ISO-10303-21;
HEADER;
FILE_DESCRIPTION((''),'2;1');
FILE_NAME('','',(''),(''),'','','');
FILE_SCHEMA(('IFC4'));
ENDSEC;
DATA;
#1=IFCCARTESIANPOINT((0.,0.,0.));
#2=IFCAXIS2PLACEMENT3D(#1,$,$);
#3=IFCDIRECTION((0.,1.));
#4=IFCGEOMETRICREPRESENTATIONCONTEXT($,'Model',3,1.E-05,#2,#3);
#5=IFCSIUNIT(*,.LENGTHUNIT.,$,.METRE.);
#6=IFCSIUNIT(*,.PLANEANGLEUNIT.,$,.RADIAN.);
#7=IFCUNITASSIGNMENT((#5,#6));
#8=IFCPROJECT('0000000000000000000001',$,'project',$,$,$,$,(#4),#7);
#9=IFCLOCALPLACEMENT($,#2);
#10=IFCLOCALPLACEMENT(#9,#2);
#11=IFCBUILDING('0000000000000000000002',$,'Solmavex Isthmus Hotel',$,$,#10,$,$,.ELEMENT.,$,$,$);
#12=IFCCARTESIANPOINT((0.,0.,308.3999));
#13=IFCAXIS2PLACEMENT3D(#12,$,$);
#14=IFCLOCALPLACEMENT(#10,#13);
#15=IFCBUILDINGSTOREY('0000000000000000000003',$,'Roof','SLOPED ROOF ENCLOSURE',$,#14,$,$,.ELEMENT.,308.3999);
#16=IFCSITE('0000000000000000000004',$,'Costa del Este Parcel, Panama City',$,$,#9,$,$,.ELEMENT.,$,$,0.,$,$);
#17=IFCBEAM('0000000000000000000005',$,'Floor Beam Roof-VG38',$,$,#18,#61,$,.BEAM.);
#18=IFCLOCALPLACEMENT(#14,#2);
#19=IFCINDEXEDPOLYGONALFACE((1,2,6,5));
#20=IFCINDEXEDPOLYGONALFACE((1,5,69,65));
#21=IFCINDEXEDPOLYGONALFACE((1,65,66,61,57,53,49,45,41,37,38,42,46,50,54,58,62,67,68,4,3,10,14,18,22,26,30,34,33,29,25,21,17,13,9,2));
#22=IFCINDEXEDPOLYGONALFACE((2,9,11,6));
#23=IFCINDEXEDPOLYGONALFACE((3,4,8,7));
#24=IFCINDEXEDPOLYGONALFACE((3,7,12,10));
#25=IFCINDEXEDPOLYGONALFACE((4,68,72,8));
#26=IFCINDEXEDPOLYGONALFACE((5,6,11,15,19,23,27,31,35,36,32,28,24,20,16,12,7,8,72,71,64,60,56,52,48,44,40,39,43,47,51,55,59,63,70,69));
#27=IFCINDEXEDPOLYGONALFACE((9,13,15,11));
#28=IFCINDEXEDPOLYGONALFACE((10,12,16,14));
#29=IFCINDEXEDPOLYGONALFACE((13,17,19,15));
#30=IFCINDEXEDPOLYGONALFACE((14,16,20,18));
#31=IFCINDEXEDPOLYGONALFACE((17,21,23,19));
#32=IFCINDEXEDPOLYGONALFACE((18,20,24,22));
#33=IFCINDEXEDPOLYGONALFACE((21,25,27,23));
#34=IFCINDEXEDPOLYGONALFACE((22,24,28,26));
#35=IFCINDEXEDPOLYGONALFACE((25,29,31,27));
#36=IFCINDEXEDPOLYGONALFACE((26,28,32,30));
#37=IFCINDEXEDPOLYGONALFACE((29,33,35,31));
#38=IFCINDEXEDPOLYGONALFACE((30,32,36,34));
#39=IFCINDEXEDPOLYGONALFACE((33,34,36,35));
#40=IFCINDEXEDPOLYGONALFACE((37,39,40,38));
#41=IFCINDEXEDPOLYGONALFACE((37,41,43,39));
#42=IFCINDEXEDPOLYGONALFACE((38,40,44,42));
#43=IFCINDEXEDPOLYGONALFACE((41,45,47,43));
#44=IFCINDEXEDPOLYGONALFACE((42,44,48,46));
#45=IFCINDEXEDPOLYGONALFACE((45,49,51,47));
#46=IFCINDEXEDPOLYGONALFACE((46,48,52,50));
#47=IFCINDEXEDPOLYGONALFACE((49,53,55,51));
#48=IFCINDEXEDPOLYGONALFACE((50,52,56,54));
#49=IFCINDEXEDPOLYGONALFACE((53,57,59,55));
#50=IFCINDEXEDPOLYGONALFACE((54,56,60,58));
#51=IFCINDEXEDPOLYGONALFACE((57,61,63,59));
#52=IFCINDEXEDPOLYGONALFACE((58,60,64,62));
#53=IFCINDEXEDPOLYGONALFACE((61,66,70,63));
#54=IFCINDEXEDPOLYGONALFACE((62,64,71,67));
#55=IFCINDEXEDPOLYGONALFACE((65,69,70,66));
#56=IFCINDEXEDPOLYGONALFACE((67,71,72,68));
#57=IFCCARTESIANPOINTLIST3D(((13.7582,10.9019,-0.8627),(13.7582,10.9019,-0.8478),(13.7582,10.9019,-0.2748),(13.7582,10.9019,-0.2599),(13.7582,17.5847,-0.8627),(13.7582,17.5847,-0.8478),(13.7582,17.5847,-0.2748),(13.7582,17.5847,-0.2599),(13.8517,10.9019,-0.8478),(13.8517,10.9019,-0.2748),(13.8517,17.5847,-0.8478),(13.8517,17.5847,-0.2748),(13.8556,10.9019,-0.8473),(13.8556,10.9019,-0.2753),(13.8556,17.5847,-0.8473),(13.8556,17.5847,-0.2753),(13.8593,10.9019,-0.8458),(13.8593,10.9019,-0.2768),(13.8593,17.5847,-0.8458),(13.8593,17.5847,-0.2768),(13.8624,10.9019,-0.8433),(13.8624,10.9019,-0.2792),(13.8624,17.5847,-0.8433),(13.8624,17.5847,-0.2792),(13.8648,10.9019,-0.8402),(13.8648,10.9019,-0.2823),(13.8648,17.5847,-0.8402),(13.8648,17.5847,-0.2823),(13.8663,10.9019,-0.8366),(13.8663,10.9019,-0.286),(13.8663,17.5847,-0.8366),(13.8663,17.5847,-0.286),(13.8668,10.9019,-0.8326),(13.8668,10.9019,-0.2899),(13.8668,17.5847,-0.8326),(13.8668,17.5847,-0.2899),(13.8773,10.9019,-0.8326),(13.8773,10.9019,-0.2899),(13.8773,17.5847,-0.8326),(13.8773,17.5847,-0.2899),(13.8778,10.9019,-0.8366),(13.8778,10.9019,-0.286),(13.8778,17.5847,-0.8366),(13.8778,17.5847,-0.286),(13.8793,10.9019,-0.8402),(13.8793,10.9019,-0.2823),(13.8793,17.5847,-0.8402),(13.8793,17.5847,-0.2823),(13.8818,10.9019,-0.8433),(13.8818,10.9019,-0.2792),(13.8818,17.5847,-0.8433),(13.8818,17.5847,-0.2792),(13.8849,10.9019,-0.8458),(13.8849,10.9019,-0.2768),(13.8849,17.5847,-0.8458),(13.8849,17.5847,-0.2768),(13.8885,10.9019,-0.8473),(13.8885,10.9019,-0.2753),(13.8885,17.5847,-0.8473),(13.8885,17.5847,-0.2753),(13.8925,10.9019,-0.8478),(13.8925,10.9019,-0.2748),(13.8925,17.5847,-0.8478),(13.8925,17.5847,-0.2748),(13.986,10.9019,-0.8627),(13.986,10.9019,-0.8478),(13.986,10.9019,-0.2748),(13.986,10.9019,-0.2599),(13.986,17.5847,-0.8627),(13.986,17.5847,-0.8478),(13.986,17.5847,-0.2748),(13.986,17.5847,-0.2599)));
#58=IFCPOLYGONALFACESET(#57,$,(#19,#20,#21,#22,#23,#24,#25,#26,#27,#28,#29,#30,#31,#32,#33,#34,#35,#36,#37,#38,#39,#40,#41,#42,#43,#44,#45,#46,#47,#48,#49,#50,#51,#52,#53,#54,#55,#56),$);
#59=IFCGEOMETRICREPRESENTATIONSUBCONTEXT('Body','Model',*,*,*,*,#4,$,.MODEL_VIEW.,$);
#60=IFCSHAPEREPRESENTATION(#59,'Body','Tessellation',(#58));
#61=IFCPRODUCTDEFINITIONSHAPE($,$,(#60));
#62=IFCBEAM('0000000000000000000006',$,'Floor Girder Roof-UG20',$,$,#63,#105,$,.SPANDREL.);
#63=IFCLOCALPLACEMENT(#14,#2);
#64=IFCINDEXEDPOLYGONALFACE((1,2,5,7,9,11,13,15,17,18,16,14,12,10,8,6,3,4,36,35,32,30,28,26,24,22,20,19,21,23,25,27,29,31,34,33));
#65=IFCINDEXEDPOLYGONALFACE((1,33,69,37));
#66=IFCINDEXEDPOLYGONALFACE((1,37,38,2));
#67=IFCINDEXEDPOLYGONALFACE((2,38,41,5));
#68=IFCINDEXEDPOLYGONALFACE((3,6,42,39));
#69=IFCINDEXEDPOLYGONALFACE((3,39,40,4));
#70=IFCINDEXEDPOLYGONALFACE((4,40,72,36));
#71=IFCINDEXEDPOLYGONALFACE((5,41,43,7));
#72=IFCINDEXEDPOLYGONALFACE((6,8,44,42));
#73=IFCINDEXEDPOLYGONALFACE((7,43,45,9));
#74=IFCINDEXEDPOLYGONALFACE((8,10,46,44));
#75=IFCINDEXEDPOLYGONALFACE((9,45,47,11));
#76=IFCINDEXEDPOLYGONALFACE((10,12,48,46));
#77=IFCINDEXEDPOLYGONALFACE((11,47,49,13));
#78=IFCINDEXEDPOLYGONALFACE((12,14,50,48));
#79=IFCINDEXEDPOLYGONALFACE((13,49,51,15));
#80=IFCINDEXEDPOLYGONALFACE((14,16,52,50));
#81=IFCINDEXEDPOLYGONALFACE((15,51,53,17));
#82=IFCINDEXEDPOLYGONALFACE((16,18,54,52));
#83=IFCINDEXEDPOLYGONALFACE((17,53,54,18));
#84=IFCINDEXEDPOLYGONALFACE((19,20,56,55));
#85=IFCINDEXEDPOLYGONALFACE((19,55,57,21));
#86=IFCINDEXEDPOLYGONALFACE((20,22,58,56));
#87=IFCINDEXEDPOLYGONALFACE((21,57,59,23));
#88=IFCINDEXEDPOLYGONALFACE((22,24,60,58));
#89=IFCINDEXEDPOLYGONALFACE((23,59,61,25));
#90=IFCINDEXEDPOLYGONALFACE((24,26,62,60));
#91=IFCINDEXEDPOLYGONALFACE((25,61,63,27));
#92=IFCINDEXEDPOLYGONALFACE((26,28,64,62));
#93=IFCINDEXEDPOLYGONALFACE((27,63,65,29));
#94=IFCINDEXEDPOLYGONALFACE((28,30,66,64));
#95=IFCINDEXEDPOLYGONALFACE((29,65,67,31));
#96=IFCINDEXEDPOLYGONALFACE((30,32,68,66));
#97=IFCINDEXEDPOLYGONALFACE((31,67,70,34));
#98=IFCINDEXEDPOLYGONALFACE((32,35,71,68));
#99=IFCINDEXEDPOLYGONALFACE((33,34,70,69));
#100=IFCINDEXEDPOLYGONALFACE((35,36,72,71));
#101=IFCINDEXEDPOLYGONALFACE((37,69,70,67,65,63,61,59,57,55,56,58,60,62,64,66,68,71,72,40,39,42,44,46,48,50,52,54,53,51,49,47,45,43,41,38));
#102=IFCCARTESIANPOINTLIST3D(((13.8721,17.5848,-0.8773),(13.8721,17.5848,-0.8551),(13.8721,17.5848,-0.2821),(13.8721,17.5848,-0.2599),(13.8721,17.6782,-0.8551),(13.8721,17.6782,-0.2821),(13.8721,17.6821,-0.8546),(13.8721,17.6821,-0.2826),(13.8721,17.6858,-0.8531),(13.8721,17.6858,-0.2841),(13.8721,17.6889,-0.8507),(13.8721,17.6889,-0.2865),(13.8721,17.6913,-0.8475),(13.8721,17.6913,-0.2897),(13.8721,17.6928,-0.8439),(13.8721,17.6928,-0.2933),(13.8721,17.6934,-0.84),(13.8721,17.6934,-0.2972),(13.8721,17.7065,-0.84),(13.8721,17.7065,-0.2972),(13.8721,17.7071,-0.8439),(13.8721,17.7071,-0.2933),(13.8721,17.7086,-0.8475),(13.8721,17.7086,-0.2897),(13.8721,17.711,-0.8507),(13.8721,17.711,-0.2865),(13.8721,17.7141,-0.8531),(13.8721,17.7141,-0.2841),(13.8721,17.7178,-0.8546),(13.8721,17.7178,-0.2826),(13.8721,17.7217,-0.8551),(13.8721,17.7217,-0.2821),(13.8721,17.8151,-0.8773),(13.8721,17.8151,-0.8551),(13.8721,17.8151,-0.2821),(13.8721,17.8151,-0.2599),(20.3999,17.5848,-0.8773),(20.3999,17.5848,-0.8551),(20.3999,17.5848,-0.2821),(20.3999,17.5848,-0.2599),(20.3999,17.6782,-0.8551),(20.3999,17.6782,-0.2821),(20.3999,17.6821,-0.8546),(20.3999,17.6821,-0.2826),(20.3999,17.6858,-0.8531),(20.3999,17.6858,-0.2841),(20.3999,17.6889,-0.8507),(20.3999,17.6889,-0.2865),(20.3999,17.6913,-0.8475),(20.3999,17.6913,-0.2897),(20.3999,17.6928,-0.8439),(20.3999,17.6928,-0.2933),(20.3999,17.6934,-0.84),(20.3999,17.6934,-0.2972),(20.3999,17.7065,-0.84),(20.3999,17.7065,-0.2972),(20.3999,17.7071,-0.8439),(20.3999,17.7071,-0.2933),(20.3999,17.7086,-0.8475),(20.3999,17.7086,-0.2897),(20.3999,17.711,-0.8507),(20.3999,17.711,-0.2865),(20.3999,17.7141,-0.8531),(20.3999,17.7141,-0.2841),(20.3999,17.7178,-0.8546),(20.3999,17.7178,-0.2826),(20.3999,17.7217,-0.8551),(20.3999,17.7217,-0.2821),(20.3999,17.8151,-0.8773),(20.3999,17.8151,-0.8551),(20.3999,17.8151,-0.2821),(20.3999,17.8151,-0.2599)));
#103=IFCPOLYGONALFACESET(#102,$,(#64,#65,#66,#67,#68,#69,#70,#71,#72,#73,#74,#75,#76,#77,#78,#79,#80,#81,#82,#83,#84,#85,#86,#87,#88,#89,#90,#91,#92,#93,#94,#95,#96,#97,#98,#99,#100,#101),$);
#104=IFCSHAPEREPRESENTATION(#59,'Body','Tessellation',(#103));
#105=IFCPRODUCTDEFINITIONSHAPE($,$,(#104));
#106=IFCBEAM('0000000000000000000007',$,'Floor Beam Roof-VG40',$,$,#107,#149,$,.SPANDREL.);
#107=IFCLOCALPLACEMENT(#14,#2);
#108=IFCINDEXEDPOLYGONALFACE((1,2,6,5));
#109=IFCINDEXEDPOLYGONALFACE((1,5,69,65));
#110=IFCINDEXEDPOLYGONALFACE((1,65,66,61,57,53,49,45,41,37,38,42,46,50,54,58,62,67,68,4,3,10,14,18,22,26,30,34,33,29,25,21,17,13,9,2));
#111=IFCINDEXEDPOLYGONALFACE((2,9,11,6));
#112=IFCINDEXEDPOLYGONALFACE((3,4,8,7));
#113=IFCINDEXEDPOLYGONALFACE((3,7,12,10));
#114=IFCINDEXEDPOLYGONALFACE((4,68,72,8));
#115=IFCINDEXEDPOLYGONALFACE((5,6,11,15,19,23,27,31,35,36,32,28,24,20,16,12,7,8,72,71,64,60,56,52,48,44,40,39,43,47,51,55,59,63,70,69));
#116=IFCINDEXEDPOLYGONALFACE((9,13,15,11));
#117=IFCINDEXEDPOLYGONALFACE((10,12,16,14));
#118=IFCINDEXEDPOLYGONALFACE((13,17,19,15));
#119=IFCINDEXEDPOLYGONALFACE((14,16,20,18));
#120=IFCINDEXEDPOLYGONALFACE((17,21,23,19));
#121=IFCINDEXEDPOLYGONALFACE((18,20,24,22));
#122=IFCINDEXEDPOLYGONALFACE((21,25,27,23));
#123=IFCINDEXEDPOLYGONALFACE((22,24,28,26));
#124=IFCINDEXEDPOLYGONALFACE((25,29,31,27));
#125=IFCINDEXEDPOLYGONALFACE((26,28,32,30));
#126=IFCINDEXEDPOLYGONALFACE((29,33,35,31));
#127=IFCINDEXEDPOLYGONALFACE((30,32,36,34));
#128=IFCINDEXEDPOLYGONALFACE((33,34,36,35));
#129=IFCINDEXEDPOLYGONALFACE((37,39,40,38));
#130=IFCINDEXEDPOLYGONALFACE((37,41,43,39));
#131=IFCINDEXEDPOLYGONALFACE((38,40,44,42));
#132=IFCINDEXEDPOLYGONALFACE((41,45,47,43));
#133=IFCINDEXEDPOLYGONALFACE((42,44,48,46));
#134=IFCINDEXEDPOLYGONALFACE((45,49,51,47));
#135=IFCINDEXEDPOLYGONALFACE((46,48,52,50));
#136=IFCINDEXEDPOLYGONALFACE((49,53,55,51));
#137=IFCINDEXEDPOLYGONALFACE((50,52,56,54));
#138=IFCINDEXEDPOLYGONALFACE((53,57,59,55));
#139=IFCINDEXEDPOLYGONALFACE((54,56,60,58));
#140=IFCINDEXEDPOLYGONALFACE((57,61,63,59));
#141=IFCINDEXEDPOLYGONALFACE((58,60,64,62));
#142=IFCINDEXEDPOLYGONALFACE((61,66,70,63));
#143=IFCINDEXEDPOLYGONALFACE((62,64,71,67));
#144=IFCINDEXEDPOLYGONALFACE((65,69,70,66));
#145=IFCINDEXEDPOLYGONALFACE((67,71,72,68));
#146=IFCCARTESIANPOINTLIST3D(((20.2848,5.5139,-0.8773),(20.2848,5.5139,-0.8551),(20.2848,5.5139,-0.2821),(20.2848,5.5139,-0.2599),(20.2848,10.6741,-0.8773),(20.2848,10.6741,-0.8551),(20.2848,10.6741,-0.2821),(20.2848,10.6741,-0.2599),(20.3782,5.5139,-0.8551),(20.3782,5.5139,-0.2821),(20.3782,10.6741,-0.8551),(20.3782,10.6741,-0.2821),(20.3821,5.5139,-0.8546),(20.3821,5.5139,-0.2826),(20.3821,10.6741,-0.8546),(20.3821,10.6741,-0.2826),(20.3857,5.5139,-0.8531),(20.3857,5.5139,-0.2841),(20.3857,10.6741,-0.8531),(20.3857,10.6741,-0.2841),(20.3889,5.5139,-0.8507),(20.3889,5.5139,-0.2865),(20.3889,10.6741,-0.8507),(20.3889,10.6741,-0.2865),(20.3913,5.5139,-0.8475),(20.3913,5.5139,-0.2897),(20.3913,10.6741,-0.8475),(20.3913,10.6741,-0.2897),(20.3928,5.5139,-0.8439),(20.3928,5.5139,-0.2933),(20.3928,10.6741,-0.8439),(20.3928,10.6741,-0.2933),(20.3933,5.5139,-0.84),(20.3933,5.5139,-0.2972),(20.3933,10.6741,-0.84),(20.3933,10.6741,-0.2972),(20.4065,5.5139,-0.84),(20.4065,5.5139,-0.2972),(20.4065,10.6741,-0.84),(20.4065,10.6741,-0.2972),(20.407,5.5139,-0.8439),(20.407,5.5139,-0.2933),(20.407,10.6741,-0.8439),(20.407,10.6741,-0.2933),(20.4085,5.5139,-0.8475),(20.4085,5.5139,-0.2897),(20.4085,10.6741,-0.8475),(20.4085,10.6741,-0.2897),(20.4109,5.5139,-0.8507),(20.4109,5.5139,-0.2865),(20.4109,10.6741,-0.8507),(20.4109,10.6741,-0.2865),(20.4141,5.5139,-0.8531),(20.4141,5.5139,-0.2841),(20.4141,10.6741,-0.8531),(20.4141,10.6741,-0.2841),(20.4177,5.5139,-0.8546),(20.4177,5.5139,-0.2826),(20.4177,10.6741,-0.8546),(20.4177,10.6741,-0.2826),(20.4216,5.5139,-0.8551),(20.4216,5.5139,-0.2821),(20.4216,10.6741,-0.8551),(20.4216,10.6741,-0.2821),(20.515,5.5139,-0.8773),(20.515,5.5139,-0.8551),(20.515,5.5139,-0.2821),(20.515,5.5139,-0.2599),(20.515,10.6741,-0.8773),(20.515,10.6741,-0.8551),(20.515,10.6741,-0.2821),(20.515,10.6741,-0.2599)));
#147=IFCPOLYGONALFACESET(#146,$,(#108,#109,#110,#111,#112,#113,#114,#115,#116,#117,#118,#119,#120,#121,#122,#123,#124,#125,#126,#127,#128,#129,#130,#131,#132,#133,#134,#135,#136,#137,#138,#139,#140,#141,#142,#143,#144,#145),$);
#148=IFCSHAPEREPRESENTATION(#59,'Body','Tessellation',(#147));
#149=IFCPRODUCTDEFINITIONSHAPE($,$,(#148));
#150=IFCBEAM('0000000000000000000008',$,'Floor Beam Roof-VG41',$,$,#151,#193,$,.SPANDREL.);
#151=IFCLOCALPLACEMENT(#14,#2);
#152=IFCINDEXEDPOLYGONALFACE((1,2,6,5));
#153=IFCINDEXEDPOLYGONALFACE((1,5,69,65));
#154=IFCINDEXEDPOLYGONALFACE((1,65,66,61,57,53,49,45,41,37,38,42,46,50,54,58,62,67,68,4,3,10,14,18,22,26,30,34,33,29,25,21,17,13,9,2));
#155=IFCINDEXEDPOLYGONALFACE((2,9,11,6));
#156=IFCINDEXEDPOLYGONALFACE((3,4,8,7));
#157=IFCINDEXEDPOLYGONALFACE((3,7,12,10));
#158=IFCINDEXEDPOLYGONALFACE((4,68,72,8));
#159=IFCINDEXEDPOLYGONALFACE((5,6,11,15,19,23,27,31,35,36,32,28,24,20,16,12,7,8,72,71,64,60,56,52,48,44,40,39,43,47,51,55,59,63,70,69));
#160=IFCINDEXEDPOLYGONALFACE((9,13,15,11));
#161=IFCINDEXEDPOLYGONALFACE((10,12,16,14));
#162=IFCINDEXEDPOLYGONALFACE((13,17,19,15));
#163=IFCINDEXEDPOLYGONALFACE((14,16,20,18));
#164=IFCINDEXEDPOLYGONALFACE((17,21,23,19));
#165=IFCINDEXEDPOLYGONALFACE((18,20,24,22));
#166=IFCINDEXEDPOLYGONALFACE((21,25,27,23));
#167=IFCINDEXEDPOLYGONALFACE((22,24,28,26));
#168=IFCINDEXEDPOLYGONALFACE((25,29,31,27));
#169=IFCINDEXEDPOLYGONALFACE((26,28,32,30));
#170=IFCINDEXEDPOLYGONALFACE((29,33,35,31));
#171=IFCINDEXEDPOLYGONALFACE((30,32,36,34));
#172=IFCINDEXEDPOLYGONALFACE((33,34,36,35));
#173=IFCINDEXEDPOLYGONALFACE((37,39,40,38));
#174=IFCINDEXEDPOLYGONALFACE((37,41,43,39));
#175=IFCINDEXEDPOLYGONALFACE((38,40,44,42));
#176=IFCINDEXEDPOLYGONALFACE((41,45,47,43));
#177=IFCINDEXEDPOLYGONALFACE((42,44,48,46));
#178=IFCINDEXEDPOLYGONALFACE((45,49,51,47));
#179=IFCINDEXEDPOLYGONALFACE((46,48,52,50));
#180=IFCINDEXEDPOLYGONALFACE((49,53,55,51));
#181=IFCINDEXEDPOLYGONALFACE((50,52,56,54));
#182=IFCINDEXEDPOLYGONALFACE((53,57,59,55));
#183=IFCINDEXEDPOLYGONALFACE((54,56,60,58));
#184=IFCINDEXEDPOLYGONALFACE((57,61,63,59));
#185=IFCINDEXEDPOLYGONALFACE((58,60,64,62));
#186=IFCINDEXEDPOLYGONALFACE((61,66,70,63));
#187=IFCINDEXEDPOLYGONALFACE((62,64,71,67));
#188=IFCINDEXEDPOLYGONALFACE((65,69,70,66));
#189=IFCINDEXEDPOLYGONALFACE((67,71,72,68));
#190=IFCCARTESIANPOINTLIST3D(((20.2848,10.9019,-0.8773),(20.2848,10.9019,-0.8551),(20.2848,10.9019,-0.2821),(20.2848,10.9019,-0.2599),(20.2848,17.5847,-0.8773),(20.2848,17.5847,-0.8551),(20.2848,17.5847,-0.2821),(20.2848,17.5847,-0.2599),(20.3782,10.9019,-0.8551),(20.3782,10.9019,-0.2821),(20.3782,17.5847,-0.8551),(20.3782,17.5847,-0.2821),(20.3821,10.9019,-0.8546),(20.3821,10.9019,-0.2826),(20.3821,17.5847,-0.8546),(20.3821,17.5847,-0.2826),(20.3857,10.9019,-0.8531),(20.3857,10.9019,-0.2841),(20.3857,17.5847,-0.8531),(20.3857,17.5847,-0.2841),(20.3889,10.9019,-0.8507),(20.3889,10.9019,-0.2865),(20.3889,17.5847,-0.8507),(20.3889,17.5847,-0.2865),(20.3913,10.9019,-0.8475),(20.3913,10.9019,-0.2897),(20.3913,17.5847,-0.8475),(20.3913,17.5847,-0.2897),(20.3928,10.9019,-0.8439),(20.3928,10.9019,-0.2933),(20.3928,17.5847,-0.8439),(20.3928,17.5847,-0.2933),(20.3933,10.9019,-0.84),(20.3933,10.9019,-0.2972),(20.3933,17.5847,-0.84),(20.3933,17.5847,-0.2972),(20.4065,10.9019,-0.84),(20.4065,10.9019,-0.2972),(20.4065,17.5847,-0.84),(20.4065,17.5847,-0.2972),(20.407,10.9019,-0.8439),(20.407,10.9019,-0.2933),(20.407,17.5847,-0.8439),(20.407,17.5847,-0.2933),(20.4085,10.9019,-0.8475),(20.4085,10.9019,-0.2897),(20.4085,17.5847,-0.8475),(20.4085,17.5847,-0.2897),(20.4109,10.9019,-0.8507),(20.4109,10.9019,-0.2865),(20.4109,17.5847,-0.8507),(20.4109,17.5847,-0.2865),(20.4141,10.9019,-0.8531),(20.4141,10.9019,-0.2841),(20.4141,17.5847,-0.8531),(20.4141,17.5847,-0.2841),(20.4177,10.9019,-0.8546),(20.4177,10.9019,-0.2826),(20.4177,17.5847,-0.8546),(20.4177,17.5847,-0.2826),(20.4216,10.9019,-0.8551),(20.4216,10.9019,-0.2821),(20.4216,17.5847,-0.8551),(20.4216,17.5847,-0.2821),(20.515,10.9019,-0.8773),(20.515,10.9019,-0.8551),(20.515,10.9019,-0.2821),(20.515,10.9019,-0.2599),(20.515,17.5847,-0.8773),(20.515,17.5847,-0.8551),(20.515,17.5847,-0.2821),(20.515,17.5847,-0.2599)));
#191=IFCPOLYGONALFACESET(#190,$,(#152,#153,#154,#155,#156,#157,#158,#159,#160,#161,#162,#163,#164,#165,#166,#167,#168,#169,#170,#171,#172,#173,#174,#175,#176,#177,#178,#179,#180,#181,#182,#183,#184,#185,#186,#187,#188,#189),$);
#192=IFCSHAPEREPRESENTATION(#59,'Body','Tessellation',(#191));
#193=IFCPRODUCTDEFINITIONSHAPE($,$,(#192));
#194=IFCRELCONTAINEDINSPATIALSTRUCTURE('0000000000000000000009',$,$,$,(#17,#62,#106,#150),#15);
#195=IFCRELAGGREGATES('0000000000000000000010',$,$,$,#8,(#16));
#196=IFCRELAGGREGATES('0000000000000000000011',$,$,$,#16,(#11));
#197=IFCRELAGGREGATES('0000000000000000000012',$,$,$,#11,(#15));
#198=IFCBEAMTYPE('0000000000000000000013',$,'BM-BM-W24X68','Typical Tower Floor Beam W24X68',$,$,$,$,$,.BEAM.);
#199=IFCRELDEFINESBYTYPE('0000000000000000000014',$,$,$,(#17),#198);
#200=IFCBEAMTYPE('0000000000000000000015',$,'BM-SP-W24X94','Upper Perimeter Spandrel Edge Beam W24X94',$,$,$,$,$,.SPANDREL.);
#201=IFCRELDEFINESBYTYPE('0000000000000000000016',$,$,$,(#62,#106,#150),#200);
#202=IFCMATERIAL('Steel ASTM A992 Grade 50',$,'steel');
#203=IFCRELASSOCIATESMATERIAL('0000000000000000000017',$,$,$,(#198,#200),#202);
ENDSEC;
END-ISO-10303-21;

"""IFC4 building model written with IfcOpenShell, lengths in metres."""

from ifc_helpers import new_model, si_unit, direction, frame, origin, origin_2d, place, context, subcontext, project, spatial, i_section, extrude, material, material_profile, profile_set, type_object, element, save


model = new_model("IFC4")

# Units and contexts
model_context = context("Model", 3, precision=1e-05, world=origin(), true_north=direction((0.0, 1.0)))
body_context = subcontext(model_context, "Body", "Model", "MODEL_VIEW")
ifc_project = project(units=[si_unit("LENGTHUNIT", "METRE"), si_unit("PLANEANGLEUNIT", "RADIAN")], contexts=[model_context])

# Site, building, storey
site_placement = place(None, origin())
site = spatial("IfcSite", under=ifc_project, at=site_placement, Name="Costa del Este Parcel, Panama City", CompositionType="ELEMENT", RefElevation=0.0)
building_placement = place(site_placement, origin())
building = spatial("IfcBuilding", under=site, at=building_placement, Name="Solmavex Isthmus Hotel", CompositionType="ELEMENT")
storey_placement = place(building_placement, frame((0.0, 0.0, 308.3999)))
storey = spatial("IfcBuildingStorey", under=building, at=storey_placement, Name="Roof", Description="SLOPED ROOF ENCLOSURE", CompositionType="ELEMENT", Elevation=308.3999)

# Beams
ifc_material_1 = material(Name="Steel ASTM A992 Grade 50", Category="steel")
ifc_material_profile_1 = material_profile(ifc_material_1, i_section(OverallWidth=0.2278, OverallDepth=0.6028, WebThickness=0.0105, FlangeThickness=0.0149, FilletRadius=0.0151, at=origin_2d()), Name="W24X68")
ifc_profile_set_1 = profile_set([ifc_material_profile_1], Name="Steel ASTM A992 Grade 50")
beam_type_1 = type_object("IfcBeamType", Name="BM-BM-W24X68", Description="Typical Tower Floor Beam W24X68", PredefinedType="BEAM", material=ifc_profile_set_1)
beam_1_placement = place(storey_placement, frame((13.8721, 10.9019, -0.5613), z_axis=(0.0, 1.0, 0.0), x_axis=(-1.0, 0.0, 0.0)))
element("IfcBeam", 1, at=beam_1_placement, inside=storey, type_object=beam_type_1, Name="Floor Beam Roof-VG38", PredefinedType="BEAM", context=body_context, shape_type="SweptSolid", body=[
    extrude(i_section(OverallWidth=0.2278, OverallDepth=0.6028, WebThickness=0.0105, FlangeThickness=0.0149, FilletRadius=0.0151, at=origin_2d()), origin(), (0.0, 0.0, 1.0), 6.6829),
])
ifc_material_profile_2 = material_profile(ifc_material_1, i_section(OverallWidth=0.2302, OverallDepth=0.6174, WebThickness=0.0132, FlangeThickness=0.0222, FilletRadius=0.0151, at=origin_2d()), Name="W24X94")
ifc_profile_set_2 = profile_set([ifc_material_profile_2], Name="Steel ASTM A992 Grade 50")
beam_type_2 = type_object("IfcBeamType", Name="BM-SP-W24X94", Description="Upper Perimeter Spandrel Edge Beam W24X94", PredefinedType="SPANDREL", material=ifc_profile_set_2)
beam_2_placement = place(storey_placement, frame((13.8721, 17.7, -0.5686), z_axis=(1.0, 0.0, 0.0), x_axis=(0.0, 1.0, 0.0)))
element("IfcBeam", 2, at=beam_2_placement, inside=storey, type_object=beam_type_2, Name="Floor Girder Roof-UG20", PredefinedType="SPANDREL", context=body_context, shape_type="SweptSolid", body=[
    extrude(i_section(OverallWidth=0.2302, OverallDepth=0.6174, WebThickness=0.0132, FlangeThickness=0.0222, FilletRadius=0.0151, at=origin_2d()), origin(), (0.0, 0.0, 1.0), 6.5278),
])
beam_3_placement = place(storey_placement, frame((20.3999, 5.5139, -0.5686), z_axis=(0.0, 1.0, 0.0), x_axis=(-1.0, 0.0, 0.0)))
element("IfcBeam", 3, at=beam_3_placement, inside=storey, type_object=beam_type_2, Name="Floor Beam Roof-VG40", PredefinedType="SPANDREL", context=body_context, shape_type="SweptSolid", body=[
    extrude(i_section(OverallWidth=0.2302, OverallDepth=0.6174, WebThickness=0.0132, FlangeThickness=0.0222, FilletRadius=0.0151, at=origin_2d()), origin(), (0.0, 0.0, 1.0), 5.1602),
])
beam_4_placement = place(storey_placement, frame((20.3999, 10.9019, -0.5686), z_axis=(0.0, 1.0, 0.0), x_axis=(-1.0, 0.0, 0.0)))
element("IfcBeam", 4, at=beam_4_placement, inside=storey, type_object=beam_type_2, Name="Floor Beam Roof-VG41", PredefinedType="SPANDREL", context=body_context, shape_type="SweptSolid", body=[
    extrude(i_section(OverallWidth=0.2302, OverallDepth=0.6174, WebThickness=0.0132, FlangeThickness=0.0222, FilletRadius=0.0151, at=origin_2d()), origin(), (0.0, 0.0, 1.0), 6.6829),
])

save(model, "model.ifc")
